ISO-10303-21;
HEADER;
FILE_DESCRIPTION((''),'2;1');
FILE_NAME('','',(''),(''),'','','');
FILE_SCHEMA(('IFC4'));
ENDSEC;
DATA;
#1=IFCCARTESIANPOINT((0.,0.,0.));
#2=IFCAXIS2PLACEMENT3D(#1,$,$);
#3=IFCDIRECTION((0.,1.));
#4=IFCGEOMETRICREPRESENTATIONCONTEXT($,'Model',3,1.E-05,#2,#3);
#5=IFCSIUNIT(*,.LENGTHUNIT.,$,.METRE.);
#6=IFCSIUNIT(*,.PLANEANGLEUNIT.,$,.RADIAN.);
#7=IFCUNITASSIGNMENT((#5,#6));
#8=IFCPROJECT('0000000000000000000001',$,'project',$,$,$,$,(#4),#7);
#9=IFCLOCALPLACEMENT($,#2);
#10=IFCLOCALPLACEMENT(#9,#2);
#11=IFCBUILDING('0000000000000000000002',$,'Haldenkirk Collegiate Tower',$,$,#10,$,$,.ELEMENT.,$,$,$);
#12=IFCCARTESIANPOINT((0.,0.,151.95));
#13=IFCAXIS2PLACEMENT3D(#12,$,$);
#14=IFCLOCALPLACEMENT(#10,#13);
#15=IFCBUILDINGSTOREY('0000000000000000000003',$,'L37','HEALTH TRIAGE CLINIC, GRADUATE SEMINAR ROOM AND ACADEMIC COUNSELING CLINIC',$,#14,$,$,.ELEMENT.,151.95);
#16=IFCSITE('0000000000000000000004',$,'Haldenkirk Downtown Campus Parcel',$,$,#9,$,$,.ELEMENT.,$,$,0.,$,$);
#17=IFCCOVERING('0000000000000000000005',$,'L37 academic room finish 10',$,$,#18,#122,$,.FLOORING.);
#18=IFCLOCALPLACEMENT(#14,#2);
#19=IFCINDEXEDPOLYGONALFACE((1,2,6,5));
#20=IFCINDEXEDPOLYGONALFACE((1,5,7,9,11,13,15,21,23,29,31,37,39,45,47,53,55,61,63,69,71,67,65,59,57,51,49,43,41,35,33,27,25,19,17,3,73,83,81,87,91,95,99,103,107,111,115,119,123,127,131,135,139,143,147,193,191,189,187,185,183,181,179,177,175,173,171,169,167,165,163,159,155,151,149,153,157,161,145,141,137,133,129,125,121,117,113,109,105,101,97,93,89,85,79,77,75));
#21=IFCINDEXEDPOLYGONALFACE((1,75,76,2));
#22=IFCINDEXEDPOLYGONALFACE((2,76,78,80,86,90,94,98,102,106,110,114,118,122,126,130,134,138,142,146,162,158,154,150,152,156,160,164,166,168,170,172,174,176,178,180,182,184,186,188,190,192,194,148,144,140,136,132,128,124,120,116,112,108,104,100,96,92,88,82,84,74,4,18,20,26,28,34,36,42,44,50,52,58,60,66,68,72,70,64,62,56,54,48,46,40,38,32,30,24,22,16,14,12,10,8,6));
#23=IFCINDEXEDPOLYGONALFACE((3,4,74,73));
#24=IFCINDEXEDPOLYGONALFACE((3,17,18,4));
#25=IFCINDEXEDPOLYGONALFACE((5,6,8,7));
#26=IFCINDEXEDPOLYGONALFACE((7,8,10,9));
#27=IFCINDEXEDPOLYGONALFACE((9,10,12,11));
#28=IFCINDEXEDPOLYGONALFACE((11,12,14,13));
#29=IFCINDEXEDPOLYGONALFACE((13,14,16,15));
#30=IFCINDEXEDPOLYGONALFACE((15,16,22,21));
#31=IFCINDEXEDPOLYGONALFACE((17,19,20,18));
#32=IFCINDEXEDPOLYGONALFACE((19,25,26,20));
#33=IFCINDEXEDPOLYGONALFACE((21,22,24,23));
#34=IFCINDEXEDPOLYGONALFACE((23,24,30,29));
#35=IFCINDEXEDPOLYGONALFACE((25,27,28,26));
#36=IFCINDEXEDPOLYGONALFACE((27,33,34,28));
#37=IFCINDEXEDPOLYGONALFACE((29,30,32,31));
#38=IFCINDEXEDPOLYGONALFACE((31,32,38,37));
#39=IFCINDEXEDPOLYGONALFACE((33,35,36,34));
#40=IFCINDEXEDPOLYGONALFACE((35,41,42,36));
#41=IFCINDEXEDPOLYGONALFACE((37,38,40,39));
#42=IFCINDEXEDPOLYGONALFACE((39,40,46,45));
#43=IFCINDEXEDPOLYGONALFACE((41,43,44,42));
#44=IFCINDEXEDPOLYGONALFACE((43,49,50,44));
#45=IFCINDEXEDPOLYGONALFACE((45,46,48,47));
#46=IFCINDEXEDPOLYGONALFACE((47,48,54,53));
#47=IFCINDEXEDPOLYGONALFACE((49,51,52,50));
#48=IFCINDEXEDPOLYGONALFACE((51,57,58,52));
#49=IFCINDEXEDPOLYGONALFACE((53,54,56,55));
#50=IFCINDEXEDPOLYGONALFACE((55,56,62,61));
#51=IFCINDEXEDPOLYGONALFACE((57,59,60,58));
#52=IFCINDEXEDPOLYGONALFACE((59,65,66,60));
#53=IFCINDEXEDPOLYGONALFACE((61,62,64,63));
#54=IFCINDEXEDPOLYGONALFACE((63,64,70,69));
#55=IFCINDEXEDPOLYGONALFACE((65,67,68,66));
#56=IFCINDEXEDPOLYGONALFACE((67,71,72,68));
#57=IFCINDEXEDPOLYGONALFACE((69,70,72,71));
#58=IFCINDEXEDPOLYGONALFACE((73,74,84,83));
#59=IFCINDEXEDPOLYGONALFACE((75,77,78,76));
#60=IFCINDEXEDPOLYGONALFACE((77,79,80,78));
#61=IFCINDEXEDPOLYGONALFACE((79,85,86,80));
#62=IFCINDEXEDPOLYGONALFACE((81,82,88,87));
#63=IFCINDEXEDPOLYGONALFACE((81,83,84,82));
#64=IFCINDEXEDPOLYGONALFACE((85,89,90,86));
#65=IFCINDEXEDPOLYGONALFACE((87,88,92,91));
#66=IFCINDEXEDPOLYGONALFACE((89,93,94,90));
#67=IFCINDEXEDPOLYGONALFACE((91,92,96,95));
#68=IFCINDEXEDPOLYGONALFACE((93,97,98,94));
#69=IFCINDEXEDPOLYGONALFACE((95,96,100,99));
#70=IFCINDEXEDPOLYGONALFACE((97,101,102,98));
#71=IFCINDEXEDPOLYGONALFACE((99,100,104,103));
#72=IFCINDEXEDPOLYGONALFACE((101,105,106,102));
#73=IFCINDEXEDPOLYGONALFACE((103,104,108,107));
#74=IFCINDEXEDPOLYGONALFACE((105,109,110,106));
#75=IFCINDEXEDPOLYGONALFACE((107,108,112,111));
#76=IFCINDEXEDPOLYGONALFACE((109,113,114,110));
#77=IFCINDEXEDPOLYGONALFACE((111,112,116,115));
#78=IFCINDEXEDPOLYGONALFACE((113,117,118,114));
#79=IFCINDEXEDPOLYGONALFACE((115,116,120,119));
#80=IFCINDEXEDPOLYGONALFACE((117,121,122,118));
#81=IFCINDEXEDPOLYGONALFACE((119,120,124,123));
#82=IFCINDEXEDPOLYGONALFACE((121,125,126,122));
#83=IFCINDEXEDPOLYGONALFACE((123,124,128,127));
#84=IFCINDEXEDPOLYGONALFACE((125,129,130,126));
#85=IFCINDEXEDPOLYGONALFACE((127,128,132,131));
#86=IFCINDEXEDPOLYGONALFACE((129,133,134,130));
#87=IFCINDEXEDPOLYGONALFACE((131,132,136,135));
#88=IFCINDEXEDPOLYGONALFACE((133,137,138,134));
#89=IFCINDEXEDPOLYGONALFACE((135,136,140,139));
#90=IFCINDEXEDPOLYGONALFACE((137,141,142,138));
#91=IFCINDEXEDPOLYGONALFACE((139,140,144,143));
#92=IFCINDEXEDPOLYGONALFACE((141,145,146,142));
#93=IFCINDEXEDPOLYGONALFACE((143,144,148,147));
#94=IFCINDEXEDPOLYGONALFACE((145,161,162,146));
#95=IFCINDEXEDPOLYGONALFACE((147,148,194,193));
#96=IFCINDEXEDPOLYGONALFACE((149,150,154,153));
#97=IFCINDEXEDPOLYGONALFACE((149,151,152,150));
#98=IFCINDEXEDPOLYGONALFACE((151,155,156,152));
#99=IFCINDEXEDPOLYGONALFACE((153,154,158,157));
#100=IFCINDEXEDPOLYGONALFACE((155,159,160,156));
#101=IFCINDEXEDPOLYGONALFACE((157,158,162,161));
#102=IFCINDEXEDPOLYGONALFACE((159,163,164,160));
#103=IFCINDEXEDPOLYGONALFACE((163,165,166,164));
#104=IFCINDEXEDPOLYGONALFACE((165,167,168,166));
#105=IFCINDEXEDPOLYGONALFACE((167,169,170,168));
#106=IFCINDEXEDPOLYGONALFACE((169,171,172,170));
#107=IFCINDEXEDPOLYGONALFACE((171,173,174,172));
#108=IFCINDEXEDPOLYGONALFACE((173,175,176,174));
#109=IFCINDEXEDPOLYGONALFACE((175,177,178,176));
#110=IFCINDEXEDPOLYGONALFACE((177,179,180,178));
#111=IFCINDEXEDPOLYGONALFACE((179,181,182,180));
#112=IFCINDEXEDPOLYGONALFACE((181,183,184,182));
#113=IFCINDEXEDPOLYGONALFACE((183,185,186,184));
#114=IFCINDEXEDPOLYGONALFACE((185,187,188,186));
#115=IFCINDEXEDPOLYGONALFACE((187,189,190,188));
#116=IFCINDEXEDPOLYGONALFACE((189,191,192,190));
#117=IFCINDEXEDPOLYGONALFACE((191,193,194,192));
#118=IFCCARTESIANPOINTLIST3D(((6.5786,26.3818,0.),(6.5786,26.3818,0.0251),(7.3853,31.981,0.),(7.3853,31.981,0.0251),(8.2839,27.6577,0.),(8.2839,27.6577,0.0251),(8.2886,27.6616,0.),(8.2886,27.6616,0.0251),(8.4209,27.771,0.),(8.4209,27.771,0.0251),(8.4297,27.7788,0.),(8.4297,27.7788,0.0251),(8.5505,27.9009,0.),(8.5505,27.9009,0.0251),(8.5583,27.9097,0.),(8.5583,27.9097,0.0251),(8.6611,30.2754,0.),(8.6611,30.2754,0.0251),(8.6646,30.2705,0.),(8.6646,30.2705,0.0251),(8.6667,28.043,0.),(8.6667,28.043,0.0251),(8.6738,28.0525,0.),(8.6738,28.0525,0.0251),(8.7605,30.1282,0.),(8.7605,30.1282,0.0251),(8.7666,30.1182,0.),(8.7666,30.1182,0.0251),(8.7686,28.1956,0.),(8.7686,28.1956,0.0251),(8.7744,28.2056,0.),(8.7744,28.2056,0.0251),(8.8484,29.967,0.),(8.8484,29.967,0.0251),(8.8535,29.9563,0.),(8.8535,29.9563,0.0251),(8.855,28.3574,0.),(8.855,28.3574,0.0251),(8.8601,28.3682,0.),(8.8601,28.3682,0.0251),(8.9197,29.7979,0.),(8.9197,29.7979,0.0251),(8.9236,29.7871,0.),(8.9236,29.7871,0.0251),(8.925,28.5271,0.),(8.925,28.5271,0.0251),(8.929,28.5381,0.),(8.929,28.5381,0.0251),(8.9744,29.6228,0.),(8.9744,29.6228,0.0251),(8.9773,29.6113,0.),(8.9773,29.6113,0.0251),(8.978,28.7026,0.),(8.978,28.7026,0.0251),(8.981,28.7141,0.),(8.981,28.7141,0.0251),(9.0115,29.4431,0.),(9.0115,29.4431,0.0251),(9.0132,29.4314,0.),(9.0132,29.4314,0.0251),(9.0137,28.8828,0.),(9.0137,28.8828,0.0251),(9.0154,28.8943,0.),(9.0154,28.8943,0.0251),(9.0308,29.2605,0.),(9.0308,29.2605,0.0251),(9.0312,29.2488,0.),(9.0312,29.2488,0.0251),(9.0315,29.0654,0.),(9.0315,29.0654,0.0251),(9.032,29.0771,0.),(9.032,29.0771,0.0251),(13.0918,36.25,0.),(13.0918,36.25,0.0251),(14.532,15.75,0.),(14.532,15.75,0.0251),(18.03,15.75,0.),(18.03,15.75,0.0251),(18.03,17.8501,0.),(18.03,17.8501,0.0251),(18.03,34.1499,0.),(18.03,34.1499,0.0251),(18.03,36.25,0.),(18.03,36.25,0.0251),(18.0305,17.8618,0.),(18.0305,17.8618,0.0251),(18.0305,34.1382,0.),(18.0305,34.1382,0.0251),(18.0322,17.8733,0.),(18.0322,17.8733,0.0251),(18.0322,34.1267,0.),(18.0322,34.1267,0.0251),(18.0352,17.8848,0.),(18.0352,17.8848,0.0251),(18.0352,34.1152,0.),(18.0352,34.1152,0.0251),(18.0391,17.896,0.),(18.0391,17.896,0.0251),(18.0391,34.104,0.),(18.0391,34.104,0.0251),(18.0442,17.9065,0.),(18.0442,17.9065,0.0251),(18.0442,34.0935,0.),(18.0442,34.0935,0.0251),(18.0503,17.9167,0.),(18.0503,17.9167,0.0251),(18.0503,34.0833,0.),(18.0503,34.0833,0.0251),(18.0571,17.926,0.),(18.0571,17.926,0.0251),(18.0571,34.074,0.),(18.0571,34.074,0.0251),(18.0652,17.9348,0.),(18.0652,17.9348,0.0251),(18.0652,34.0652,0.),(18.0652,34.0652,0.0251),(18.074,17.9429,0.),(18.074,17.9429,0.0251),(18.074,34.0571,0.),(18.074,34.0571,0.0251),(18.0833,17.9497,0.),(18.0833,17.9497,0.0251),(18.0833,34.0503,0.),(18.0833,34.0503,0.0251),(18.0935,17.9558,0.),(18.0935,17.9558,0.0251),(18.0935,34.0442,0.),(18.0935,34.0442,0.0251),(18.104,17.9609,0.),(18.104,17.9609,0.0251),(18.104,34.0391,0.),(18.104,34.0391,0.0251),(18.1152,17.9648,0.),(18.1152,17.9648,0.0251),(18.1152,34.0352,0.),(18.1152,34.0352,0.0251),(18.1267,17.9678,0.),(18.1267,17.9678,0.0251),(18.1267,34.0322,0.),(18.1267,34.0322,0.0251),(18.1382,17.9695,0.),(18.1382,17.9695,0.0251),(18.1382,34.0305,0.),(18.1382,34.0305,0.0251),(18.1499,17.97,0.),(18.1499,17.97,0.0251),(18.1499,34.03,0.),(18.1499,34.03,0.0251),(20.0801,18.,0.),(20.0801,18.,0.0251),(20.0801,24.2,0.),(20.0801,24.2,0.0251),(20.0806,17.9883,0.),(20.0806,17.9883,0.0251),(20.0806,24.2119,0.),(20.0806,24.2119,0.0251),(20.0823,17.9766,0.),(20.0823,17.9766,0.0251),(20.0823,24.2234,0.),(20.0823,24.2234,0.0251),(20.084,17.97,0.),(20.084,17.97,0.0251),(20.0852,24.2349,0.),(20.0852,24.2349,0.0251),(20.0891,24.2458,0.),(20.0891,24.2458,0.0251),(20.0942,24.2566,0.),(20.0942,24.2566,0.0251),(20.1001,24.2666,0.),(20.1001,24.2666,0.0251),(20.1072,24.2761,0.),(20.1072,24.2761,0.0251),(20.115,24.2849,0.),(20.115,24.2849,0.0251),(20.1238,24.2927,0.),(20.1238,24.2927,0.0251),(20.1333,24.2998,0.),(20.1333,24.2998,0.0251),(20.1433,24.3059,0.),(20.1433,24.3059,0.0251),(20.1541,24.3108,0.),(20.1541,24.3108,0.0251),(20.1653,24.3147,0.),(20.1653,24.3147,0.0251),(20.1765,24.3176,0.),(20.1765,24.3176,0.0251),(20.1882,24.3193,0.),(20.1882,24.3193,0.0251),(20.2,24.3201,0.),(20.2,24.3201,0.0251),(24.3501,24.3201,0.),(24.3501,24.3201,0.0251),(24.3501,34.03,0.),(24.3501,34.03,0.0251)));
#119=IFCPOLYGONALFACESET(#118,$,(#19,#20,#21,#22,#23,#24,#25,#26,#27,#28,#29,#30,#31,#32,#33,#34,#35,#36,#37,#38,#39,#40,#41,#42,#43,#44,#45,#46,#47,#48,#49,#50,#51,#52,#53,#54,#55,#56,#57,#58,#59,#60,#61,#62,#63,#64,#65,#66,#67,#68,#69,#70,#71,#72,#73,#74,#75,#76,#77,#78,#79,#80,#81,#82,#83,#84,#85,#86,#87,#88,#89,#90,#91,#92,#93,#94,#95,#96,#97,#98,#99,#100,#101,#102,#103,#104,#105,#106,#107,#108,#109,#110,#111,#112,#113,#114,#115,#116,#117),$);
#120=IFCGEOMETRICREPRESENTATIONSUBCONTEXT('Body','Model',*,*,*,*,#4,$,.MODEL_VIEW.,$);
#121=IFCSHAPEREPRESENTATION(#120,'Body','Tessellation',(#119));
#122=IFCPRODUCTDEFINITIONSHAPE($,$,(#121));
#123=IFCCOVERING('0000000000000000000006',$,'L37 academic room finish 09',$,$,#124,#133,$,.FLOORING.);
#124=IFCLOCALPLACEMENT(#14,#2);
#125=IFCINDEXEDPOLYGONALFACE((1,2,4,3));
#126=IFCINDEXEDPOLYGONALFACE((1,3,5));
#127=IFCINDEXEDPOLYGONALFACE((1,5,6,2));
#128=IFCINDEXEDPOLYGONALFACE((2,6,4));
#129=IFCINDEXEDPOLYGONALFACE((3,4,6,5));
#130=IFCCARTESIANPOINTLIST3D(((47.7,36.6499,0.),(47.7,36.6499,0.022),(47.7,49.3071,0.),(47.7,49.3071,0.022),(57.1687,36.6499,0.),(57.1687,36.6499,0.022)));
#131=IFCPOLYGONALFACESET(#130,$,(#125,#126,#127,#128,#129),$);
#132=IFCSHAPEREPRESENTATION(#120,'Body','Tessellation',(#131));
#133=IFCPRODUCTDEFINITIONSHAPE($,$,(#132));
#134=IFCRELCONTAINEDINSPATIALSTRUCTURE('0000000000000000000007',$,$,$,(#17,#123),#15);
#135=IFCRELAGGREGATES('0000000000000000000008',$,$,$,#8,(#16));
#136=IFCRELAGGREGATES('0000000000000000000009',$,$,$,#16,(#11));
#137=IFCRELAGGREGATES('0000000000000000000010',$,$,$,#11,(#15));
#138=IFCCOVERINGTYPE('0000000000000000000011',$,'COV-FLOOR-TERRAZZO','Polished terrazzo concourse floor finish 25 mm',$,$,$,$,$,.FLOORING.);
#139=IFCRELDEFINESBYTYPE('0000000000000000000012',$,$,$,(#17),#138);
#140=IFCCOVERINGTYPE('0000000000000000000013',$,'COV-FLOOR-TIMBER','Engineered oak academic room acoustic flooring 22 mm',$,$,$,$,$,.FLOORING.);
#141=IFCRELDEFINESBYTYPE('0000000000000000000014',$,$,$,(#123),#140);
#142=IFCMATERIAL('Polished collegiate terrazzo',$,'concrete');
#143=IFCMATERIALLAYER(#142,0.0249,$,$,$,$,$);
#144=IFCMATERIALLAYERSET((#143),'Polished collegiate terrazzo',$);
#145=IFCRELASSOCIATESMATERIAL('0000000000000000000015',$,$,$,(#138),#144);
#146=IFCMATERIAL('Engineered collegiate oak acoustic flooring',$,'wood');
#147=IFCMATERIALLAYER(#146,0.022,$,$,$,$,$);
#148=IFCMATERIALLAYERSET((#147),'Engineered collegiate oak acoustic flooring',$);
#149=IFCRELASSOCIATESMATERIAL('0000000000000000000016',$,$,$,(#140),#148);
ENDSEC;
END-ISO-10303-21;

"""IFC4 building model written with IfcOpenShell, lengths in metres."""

from ifc_helpers import new_model, si_unit, direction, frame, origin, place, context, subcontext, project, spatial, polyline, outline, extrude, material, layer, layer_set, type_object, element, save


model = new_model("IFC4")

# Units and contexts
model_context = context("Model", 3, precision=1e-05, world=origin(), true_north=direction((0.0, 1.0)))
body_context = subcontext(model_context, "Body", "Model", "MODEL_VIEW")
ifc_project = project(units=[si_unit("LENGTHUNIT", "METRE"), si_unit("PLANEANGLEUNIT", "RADIAN")], contexts=[model_context])

# Site, building, storey
site_placement = place(None, origin())
site = spatial("IfcSite", under=ifc_project, at=site_placement, Name="Haldenkirk Downtown Campus Parcel", CompositionType="ELEMENT", RefElevation=0.0)
building_placement = place(site_placement, origin())
building = spatial("IfcBuilding", under=site, at=building_placement, Name="Haldenkirk Collegiate Tower", CompositionType="ELEMENT")
storey_placement = place(building_placement, frame((0.0, 0.0, 151.95)))
storey = spatial("IfcBuildingStorey", under=building, at=storey_placement, Name="L37", Description="HEALTH TRIAGE CLINIC, GRADUATE SEMINAR ROOM AND ACADEMIC COUNSELING CLINIC", CompositionType="ELEMENT", Elevation=151.95)

# Coverings
ifc_material_1 = material(Name="Polished collegiate terrazzo", Category="concrete")
ifc_layer_1 = layer(ifc_material_1, 0.0249)
ifc_layer_set_1 = layer_set([ifc_layer_1], Name="Polished collegiate terrazzo")
covering_type_1 = type_object("IfcCoveringType", Name="COV-FLOOR-TERRAZZO", Description="Polished terrazzo concourse floor finish 25 mm", PredefinedType="FLOORING", material=ifc_layer_set_1)
covering_1_placement = place(storey_placement, origin())
element("IfcCovering", 1, at=covering_1_placement, inside=storey, type_object=covering_type_1, Name="L37 academic room finish 10", PredefinedType="FLOORING", context=body_context, shape_type="SweptSolid", body=[
    extrude(outline(polyline([(8.2839, 27.6577), (8.2886, 27.6616), (8.4209, 27.771), (8.4297, 27.7788), (8.5505, 27.9009), (8.5583, 27.9097), (8.6667, 28.043), (8.6738, 28.0525), (8.7686, 28.1956), (8.7744, 28.2056), (8.855, 28.3574), (8.8601, 28.3682), (8.925, 28.5271), (8.929, 28.5381), (8.978, 28.7026), (8.981, 28.7141), (9.0137, 28.8828), (9.0154, 28.8943), (9.0315, 29.0654), (9.032, 29.0771), (9.0312, 29.2488), (9.0308, 29.2605), (9.0132, 29.4314), (9.0115, 29.4431), (8.9773, 29.6113), (8.9744, 29.6228), (8.9236, 29.7871), (8.9197, 29.7979), (8.8535, 29.9563), (8.8484, 29.967), (8.7666, 30.1182), (8.7605, 30.1282), (8.6646, 30.2705), (8.6611, 30.2754), (7.3853, 31.981), (13.0918, 36.25), (18.03, 36.25), (18.03, 34.1499), (18.0305, 34.1382), (18.0322, 34.1267), (18.0352, 34.1152), (18.0391, 34.104), (18.0442, 34.0935), (18.0503, 34.0833), (18.0571, 34.074), (18.0652, 34.0652), (18.074, 34.0571), (18.0833, 34.0503), (18.0935, 34.0442), (18.104, 34.0391), (18.1152, 34.0352), (18.1267, 34.0322), (18.1382, 34.0305), (18.1499, 34.03), (24.3501, 34.03), (24.3501, 24.3201), (20.2, 24.3201), (20.1882, 24.3193), (20.1765, 24.3176), (20.1653, 24.3147), (20.1541, 24.3108), (20.1433, 24.3059), (20.1333, 24.2998), (20.1238, 24.2927), (20.115, 24.2849), (20.1072, 24.2761), (20.1001, 24.2666), (20.0942, 24.2566), (20.0891, 24.2458), (20.0852, 24.2349), (20.0823, 24.2234), (20.0806, 24.2119), (20.0801, 24.2), (20.0801, 18.0), (20.0806, 17.9883), (20.0823, 17.9766), (20.084, 17.97), (18.1499, 17.97), (18.1382, 17.9695), (18.1267, 17.9678), (18.1152, 17.9648), (18.104, 17.9609), (18.0935, 17.9558), (18.0833, 17.9497), (18.074, 17.9429), (18.0652, 17.9348), (18.0571, 17.926), (18.0503, 17.9167), (18.0442, 17.9065), (18.0391, 17.896), (18.0352, 17.8848), (18.0322, 17.8733), (18.0305, 17.8618), (18.03, 17.8501), (18.03, 15.75), (14.532, 15.75), (6.5786, 26.3818), (8.2839, 27.6577)])), origin(), (0.0, 0.0, 1.0), 0.0251),
])
ifc_material_2 = material(Name="Engineered collegiate oak acoustic flooring", Category="wood")
ifc_layer_2 = layer(ifc_material_2, 0.022)
ifc_layer_set_2 = layer_set([ifc_layer_2], Name="Engineered collegiate oak acoustic flooring")
covering_type_2 = type_object("IfcCoveringType", Name="COV-FLOOR-TIMBER", Description="Engineered oak academic room acoustic flooring 22 mm", PredefinedType="FLOORING", material=ifc_layer_set_2)
covering_2_placement = place(storey_placement, origin())
element("IfcCovering", 2, at=covering_2_placement, inside=storey, type_object=covering_type_2, Name="L37 academic room finish 09", PredefinedType="FLOORING", context=body_context, shape_type="SweptSolid", body=[
    extrude(outline(polyline([(57.1687, 36.6499), (47.7, 36.6499), (47.7, 49.3071), (57.1687, 36.6499)])), origin(), (0.0, 0.0, 1.0), 0.022),
])

save(model, "model.ifc")
